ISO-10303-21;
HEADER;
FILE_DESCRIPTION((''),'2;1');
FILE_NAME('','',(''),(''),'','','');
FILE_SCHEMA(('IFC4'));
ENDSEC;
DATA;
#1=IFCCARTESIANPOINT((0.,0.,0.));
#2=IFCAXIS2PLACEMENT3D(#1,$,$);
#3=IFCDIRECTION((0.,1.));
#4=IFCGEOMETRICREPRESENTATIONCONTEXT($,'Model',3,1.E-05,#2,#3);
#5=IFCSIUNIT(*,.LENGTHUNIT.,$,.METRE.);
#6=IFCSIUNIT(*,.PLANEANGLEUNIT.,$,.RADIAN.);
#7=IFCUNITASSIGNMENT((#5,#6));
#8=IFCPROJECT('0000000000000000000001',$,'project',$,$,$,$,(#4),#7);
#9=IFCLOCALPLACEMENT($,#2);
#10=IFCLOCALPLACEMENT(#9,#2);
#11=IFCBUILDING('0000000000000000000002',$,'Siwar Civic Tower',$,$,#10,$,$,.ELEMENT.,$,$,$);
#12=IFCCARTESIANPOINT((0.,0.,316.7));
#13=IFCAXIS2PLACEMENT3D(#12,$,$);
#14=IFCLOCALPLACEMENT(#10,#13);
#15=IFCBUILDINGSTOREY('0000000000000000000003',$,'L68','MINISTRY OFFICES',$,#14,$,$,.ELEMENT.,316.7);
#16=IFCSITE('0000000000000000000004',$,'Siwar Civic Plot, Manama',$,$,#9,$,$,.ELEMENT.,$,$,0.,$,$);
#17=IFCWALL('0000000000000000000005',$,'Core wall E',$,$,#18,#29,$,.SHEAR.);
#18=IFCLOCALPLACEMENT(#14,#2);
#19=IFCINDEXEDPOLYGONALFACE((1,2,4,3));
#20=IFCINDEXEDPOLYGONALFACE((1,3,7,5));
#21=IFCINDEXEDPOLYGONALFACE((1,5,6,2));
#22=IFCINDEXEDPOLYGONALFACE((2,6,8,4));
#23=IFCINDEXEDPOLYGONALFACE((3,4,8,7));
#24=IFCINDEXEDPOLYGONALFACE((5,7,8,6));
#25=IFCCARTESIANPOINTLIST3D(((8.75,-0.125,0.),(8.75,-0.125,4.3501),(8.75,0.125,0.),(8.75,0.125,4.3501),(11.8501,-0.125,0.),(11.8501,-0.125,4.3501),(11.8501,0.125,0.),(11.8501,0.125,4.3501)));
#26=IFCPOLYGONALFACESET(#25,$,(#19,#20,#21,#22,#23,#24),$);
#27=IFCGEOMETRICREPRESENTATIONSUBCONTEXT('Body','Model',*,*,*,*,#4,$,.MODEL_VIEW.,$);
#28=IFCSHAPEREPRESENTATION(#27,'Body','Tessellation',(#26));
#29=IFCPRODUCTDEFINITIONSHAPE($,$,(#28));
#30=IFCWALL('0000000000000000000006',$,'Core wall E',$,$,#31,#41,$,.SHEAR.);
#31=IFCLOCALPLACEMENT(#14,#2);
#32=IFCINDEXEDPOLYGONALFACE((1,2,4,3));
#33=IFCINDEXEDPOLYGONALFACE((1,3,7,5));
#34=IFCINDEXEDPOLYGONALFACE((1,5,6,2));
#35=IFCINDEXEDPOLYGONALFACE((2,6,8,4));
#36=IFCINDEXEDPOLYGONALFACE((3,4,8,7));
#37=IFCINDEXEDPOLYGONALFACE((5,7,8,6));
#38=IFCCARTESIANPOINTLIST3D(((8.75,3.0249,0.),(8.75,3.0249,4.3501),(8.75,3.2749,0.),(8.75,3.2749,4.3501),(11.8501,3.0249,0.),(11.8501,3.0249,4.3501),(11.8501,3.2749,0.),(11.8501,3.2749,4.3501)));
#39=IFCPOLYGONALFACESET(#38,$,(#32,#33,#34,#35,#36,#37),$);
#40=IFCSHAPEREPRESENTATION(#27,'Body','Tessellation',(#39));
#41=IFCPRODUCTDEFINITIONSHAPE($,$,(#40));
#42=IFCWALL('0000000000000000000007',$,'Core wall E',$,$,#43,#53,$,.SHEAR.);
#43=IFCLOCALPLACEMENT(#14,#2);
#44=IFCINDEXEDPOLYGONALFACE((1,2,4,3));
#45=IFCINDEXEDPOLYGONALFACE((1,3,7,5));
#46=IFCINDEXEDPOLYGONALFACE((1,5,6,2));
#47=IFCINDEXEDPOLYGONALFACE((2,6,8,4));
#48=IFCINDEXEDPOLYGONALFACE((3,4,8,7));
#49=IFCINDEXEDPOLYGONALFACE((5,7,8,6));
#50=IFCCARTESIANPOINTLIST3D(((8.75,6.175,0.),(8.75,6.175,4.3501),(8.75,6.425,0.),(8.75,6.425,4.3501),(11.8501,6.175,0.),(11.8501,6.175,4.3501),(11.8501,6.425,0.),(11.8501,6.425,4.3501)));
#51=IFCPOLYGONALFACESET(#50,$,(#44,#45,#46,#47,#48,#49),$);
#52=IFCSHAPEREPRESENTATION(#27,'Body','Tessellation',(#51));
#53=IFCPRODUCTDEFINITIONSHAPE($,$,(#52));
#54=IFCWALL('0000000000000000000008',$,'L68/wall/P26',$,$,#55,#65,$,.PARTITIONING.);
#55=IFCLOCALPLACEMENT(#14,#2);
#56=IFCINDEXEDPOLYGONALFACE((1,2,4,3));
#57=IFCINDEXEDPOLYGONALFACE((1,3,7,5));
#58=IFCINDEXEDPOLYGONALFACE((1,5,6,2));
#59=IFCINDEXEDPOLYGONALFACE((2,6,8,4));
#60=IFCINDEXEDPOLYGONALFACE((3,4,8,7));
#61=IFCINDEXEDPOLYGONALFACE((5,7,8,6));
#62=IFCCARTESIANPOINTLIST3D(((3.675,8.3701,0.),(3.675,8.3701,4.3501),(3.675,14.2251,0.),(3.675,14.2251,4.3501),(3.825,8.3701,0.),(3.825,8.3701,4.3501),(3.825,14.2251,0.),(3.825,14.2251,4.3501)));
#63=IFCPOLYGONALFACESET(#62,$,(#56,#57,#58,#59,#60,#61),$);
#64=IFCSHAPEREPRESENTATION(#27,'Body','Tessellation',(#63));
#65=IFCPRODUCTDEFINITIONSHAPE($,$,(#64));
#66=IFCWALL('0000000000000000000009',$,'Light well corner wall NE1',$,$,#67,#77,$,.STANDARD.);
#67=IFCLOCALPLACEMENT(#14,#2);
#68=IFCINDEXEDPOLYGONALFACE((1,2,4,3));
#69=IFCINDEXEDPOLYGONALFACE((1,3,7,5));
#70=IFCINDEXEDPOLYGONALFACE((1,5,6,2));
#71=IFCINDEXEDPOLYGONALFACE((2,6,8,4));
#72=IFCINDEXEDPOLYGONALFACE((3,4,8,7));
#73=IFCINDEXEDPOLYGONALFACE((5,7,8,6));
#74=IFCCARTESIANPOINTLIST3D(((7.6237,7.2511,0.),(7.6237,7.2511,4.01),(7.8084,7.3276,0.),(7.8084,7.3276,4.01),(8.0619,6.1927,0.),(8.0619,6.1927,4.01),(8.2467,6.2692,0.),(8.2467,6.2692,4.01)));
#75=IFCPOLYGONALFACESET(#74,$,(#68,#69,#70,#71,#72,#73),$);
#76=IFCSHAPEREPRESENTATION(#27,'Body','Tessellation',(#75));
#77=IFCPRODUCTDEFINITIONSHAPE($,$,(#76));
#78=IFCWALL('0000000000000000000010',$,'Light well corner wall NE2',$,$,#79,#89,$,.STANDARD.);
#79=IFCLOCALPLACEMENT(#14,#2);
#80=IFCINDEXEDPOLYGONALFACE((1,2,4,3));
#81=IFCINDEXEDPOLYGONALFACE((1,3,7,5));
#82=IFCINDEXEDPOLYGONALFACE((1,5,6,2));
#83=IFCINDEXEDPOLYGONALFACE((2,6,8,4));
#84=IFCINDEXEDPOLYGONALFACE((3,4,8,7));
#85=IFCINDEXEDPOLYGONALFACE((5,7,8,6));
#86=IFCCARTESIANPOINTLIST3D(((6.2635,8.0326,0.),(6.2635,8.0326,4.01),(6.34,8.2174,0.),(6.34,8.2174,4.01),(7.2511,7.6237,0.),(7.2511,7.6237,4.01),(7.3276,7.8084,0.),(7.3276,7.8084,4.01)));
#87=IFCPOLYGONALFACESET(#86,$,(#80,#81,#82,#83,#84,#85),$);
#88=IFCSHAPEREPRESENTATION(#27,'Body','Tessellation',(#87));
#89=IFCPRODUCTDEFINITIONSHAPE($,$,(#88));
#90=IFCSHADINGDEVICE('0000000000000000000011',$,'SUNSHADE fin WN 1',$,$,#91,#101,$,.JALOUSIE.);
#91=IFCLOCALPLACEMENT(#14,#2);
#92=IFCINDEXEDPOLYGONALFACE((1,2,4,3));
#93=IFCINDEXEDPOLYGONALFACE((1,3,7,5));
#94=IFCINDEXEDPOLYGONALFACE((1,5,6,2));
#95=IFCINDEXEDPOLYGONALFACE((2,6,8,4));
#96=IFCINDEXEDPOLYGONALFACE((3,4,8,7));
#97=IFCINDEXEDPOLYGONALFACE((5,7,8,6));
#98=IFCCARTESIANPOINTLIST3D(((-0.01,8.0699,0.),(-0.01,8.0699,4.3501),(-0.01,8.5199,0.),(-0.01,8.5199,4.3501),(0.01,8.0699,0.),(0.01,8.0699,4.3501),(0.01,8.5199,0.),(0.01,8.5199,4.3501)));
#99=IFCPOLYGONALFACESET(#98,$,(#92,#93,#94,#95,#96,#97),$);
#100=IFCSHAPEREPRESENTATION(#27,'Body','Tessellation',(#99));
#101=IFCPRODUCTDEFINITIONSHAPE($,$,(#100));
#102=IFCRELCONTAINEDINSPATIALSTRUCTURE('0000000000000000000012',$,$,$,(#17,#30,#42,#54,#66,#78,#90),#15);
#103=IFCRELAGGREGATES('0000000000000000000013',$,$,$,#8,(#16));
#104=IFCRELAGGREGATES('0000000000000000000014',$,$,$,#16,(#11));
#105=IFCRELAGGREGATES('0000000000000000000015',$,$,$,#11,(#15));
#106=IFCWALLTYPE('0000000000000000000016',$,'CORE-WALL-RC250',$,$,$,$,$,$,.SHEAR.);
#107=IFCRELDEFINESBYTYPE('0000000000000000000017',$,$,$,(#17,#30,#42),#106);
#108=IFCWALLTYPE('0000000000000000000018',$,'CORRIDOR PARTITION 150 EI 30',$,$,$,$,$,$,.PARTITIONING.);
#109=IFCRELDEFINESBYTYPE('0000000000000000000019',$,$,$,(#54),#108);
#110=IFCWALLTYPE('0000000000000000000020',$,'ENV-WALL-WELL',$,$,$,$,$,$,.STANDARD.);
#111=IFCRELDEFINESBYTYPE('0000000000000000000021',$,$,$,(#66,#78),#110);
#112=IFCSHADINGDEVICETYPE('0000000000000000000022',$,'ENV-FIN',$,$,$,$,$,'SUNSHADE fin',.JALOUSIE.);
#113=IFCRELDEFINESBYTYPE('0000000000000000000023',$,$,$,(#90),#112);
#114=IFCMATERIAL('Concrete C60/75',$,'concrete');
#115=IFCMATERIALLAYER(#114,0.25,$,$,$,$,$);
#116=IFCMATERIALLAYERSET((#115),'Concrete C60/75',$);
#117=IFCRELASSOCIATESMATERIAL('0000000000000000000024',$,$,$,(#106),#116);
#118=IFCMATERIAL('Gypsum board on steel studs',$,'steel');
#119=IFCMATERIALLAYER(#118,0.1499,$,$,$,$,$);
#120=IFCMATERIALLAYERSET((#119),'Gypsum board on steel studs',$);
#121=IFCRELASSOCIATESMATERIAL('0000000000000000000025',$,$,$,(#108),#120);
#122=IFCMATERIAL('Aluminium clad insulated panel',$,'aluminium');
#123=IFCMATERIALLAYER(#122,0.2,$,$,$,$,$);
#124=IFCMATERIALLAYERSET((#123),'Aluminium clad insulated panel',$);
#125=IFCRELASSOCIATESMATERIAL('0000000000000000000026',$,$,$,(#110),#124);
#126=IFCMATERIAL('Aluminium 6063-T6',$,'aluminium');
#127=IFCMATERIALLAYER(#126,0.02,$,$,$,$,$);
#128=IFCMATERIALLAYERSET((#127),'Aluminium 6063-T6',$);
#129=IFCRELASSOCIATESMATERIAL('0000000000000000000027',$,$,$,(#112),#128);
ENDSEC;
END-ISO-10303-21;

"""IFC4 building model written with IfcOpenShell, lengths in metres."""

from ifc_helpers import new_model, si_unit, direction, frame, frame_2d, origin, origin_2d, place, context, subcontext, project, spatial, rectangle, extrude, material, layer, layer_set, type_object, element, save


model = new_model("IFC4")

# Units and contexts
model_context = context("Model", 3, precision=1e-05, world=origin(), true_north=direction((0.0, 1.0)))
body_context = subcontext(model_context, "Body", "Model", "MODEL_VIEW")
ifc_project = project(units=[si_unit("LENGTHUNIT", "METRE"), si_unit("PLANEANGLEUNIT", "RADIAN")], contexts=[model_context])

# Site, building, storey
site_placement = place(None, origin())
site = spatial("IfcSite", under=ifc_project, at=site_placement, Name="Siwar Civic Plot, Manama", CompositionType="ELEMENT", RefElevation=0.0)
building_placement = place(site_placement, origin())
building = spatial("IfcBuilding", under=site, at=building_placement, Name="Siwar Civic Tower", CompositionType="ELEMENT")
storey_placement = place(building_placement, frame((0.0, 0.0, 316.7)))
storey = spatial("IfcBuildingStorey", under=building, at=storey_placement, Name="L68", Description="MINISTRY OFFICES", CompositionType="ELEMENT", Elevation=316.7)

# Shared definitions
ifc_material_1 = material(Name="Concrete C60/75", Category="concrete")
ifc_layer_1 = layer(ifc_material_1, 0.25)
ifc_layer_set_1 = layer_set([ifc_layer_1], Name="Concrete C60/75")
wall_type_1 = type_object("IfcWallType", Name="CORE-WALL-RC250", PredefinedType="SHEAR", material=ifc_layer_set_1)

# Walls
for number, where, z_axis, x_axis, name in (
    (1, (8.75, 0.0, 0.0), (0.0, 0.0, 1.0), (1.0, 0.0, 0.0), "Core wall E"),
    (2, (8.75, 3.1499, 0.0), (0.0, 0.0, 1.0), (1.0, 0.0, 0.0), "Core wall E"),
    (3, (8.75, 6.3, 0.0), (0.0, 0.0, 1.0), (1.0, 0.0, 0.0), "Core wall E"),
):
    element("IfcWall", number, at=place(storey_placement, frame(where, z_axis=z_axis, x_axis=x_axis)), inside=storey, type_object=wall_type_1, Name=name, PredefinedType="SHEAR", context=body_context, shape_type="SweptSolid", body=[
        extrude(rectangle(XDim=3.1001, YDim=0.25, at=frame_2d((1.55, 0.0))), origin(), (0.0, 0.0, 1.0), 4.3501),
    ])
ifc_material_2 = material(Name="Gypsum board on steel studs", Category="steel")
ifc_layer_2 = layer(ifc_material_2, 0.1499)
ifc_layer_set_2 = layer_set([ifc_layer_2], Name="Gypsum board on steel studs")
wall_type_2 = type_object("IfcWallType", Name="CORRIDOR PARTITION 150 EI 30", PredefinedType="PARTITIONING", material=ifc_layer_set_2)
wall_1_placement = place(storey_placement, frame((3.75, 8.3701, 0.0), z_axis=(0.0, 0.0, 1.0), x_axis=(0.0, 1.0, 0.0)))
element("IfcWall", 4, at=wall_1_placement, inside=storey, type_object=wall_type_2, Name="L68/wall/P26", PredefinedType="PARTITIONING", context=body_context, shape_type="SweptSolid", body=[
    extrude(rectangle(XDim=5.855, YDim=0.1499, at=frame_2d((2.9275, 0.0))), origin(), (0.0, 0.0, 1.0), 4.3501),
])
ifc_material_3 = material(Name="Aluminium clad insulated panel", Category="aluminium")
ifc_layer_3 = layer(ifc_material_3, 0.2)
ifc_layer_set_3 = layer_set([ifc_layer_3], Name="Aluminium clad insulated panel")
wall_type_3 = type_object("IfcWallType", Name="ENV-WALL-WELL", PredefinedType="STANDARD", material=ifc_layer_set_3)
wall_2_placement = place(storey_placement, frame((8.1543, 6.231, 0.0), z_axis=(0.0, 0.0, 1.0), x_axis=(-0.382571, 0.923926, 0.0)))
element("IfcWall", 5, at=wall_2_placement, inside=storey, type_object=wall_type_3, Name="Light well corner wall NE1", PredefinedType="STANDARD", context=body_context, shape_type="SweptSolid", body=[
    extrude(rectangle(XDim=1.1455, YDim=0.2, at=frame_2d((0.5728, 0.0))), origin(), (0.0, 0.0, 1.0), 4.01),
])
wall_3_placement = place(storey_placement, frame((7.2893, 7.7161, 0.0), z_axis=(0.0, 0.0, 1.0), x_axis=(-0.923919, 0.382587, 0.0)))
element("IfcWall", 6, at=wall_3_placement, inside=storey, type_object=wall_type_3, Name="Light well corner wall NE2", PredefinedType="STANDARD", context=body_context, shape_type="SweptSolid", body=[
    extrude(rectangle(XDim=1.0688, YDim=0.2, at=frame_2d((0.5344, 0.0))), origin(), (0.0, 0.0, 1.0), 4.01),
])

# Shading device
ifc_material_4 = material(Name="Aluminium 6063-T6", Category="aluminium")
ifc_layer_4 = layer(ifc_material_4, 0.02)
ifc_layer_set_4 = layer_set([ifc_layer_4], Name="Aluminium 6063-T6")
shading_device_type = type_object("IfcShadingDeviceType", Name="ENV-FIN", ElementType="SUNSHADE fin", PredefinedType="JALOUSIE", material=ifc_layer_set_4)
shading_device_placement = place(storey_placement, frame((0.0, 8.2949, 0.0), z_axis=(0.0, 0.0, 1.0), x_axis=(-1.0, 0.0, 0.0)))
element("IfcShadingDevice", 7, at=shading_device_placement, inside=storey, type_object=shading_device_type, Name="SUNSHADE fin WN 1", PredefinedType="JALOUSIE", context=body_context, shape_type="SweptSolid", body=[
    extrude(rectangle(XDim=0.02, YDim=0.45, at=origin_2d()), origin(), (0.0, 0.0, 1.0), 4.3501),
])

save(model, "model.ifc")
